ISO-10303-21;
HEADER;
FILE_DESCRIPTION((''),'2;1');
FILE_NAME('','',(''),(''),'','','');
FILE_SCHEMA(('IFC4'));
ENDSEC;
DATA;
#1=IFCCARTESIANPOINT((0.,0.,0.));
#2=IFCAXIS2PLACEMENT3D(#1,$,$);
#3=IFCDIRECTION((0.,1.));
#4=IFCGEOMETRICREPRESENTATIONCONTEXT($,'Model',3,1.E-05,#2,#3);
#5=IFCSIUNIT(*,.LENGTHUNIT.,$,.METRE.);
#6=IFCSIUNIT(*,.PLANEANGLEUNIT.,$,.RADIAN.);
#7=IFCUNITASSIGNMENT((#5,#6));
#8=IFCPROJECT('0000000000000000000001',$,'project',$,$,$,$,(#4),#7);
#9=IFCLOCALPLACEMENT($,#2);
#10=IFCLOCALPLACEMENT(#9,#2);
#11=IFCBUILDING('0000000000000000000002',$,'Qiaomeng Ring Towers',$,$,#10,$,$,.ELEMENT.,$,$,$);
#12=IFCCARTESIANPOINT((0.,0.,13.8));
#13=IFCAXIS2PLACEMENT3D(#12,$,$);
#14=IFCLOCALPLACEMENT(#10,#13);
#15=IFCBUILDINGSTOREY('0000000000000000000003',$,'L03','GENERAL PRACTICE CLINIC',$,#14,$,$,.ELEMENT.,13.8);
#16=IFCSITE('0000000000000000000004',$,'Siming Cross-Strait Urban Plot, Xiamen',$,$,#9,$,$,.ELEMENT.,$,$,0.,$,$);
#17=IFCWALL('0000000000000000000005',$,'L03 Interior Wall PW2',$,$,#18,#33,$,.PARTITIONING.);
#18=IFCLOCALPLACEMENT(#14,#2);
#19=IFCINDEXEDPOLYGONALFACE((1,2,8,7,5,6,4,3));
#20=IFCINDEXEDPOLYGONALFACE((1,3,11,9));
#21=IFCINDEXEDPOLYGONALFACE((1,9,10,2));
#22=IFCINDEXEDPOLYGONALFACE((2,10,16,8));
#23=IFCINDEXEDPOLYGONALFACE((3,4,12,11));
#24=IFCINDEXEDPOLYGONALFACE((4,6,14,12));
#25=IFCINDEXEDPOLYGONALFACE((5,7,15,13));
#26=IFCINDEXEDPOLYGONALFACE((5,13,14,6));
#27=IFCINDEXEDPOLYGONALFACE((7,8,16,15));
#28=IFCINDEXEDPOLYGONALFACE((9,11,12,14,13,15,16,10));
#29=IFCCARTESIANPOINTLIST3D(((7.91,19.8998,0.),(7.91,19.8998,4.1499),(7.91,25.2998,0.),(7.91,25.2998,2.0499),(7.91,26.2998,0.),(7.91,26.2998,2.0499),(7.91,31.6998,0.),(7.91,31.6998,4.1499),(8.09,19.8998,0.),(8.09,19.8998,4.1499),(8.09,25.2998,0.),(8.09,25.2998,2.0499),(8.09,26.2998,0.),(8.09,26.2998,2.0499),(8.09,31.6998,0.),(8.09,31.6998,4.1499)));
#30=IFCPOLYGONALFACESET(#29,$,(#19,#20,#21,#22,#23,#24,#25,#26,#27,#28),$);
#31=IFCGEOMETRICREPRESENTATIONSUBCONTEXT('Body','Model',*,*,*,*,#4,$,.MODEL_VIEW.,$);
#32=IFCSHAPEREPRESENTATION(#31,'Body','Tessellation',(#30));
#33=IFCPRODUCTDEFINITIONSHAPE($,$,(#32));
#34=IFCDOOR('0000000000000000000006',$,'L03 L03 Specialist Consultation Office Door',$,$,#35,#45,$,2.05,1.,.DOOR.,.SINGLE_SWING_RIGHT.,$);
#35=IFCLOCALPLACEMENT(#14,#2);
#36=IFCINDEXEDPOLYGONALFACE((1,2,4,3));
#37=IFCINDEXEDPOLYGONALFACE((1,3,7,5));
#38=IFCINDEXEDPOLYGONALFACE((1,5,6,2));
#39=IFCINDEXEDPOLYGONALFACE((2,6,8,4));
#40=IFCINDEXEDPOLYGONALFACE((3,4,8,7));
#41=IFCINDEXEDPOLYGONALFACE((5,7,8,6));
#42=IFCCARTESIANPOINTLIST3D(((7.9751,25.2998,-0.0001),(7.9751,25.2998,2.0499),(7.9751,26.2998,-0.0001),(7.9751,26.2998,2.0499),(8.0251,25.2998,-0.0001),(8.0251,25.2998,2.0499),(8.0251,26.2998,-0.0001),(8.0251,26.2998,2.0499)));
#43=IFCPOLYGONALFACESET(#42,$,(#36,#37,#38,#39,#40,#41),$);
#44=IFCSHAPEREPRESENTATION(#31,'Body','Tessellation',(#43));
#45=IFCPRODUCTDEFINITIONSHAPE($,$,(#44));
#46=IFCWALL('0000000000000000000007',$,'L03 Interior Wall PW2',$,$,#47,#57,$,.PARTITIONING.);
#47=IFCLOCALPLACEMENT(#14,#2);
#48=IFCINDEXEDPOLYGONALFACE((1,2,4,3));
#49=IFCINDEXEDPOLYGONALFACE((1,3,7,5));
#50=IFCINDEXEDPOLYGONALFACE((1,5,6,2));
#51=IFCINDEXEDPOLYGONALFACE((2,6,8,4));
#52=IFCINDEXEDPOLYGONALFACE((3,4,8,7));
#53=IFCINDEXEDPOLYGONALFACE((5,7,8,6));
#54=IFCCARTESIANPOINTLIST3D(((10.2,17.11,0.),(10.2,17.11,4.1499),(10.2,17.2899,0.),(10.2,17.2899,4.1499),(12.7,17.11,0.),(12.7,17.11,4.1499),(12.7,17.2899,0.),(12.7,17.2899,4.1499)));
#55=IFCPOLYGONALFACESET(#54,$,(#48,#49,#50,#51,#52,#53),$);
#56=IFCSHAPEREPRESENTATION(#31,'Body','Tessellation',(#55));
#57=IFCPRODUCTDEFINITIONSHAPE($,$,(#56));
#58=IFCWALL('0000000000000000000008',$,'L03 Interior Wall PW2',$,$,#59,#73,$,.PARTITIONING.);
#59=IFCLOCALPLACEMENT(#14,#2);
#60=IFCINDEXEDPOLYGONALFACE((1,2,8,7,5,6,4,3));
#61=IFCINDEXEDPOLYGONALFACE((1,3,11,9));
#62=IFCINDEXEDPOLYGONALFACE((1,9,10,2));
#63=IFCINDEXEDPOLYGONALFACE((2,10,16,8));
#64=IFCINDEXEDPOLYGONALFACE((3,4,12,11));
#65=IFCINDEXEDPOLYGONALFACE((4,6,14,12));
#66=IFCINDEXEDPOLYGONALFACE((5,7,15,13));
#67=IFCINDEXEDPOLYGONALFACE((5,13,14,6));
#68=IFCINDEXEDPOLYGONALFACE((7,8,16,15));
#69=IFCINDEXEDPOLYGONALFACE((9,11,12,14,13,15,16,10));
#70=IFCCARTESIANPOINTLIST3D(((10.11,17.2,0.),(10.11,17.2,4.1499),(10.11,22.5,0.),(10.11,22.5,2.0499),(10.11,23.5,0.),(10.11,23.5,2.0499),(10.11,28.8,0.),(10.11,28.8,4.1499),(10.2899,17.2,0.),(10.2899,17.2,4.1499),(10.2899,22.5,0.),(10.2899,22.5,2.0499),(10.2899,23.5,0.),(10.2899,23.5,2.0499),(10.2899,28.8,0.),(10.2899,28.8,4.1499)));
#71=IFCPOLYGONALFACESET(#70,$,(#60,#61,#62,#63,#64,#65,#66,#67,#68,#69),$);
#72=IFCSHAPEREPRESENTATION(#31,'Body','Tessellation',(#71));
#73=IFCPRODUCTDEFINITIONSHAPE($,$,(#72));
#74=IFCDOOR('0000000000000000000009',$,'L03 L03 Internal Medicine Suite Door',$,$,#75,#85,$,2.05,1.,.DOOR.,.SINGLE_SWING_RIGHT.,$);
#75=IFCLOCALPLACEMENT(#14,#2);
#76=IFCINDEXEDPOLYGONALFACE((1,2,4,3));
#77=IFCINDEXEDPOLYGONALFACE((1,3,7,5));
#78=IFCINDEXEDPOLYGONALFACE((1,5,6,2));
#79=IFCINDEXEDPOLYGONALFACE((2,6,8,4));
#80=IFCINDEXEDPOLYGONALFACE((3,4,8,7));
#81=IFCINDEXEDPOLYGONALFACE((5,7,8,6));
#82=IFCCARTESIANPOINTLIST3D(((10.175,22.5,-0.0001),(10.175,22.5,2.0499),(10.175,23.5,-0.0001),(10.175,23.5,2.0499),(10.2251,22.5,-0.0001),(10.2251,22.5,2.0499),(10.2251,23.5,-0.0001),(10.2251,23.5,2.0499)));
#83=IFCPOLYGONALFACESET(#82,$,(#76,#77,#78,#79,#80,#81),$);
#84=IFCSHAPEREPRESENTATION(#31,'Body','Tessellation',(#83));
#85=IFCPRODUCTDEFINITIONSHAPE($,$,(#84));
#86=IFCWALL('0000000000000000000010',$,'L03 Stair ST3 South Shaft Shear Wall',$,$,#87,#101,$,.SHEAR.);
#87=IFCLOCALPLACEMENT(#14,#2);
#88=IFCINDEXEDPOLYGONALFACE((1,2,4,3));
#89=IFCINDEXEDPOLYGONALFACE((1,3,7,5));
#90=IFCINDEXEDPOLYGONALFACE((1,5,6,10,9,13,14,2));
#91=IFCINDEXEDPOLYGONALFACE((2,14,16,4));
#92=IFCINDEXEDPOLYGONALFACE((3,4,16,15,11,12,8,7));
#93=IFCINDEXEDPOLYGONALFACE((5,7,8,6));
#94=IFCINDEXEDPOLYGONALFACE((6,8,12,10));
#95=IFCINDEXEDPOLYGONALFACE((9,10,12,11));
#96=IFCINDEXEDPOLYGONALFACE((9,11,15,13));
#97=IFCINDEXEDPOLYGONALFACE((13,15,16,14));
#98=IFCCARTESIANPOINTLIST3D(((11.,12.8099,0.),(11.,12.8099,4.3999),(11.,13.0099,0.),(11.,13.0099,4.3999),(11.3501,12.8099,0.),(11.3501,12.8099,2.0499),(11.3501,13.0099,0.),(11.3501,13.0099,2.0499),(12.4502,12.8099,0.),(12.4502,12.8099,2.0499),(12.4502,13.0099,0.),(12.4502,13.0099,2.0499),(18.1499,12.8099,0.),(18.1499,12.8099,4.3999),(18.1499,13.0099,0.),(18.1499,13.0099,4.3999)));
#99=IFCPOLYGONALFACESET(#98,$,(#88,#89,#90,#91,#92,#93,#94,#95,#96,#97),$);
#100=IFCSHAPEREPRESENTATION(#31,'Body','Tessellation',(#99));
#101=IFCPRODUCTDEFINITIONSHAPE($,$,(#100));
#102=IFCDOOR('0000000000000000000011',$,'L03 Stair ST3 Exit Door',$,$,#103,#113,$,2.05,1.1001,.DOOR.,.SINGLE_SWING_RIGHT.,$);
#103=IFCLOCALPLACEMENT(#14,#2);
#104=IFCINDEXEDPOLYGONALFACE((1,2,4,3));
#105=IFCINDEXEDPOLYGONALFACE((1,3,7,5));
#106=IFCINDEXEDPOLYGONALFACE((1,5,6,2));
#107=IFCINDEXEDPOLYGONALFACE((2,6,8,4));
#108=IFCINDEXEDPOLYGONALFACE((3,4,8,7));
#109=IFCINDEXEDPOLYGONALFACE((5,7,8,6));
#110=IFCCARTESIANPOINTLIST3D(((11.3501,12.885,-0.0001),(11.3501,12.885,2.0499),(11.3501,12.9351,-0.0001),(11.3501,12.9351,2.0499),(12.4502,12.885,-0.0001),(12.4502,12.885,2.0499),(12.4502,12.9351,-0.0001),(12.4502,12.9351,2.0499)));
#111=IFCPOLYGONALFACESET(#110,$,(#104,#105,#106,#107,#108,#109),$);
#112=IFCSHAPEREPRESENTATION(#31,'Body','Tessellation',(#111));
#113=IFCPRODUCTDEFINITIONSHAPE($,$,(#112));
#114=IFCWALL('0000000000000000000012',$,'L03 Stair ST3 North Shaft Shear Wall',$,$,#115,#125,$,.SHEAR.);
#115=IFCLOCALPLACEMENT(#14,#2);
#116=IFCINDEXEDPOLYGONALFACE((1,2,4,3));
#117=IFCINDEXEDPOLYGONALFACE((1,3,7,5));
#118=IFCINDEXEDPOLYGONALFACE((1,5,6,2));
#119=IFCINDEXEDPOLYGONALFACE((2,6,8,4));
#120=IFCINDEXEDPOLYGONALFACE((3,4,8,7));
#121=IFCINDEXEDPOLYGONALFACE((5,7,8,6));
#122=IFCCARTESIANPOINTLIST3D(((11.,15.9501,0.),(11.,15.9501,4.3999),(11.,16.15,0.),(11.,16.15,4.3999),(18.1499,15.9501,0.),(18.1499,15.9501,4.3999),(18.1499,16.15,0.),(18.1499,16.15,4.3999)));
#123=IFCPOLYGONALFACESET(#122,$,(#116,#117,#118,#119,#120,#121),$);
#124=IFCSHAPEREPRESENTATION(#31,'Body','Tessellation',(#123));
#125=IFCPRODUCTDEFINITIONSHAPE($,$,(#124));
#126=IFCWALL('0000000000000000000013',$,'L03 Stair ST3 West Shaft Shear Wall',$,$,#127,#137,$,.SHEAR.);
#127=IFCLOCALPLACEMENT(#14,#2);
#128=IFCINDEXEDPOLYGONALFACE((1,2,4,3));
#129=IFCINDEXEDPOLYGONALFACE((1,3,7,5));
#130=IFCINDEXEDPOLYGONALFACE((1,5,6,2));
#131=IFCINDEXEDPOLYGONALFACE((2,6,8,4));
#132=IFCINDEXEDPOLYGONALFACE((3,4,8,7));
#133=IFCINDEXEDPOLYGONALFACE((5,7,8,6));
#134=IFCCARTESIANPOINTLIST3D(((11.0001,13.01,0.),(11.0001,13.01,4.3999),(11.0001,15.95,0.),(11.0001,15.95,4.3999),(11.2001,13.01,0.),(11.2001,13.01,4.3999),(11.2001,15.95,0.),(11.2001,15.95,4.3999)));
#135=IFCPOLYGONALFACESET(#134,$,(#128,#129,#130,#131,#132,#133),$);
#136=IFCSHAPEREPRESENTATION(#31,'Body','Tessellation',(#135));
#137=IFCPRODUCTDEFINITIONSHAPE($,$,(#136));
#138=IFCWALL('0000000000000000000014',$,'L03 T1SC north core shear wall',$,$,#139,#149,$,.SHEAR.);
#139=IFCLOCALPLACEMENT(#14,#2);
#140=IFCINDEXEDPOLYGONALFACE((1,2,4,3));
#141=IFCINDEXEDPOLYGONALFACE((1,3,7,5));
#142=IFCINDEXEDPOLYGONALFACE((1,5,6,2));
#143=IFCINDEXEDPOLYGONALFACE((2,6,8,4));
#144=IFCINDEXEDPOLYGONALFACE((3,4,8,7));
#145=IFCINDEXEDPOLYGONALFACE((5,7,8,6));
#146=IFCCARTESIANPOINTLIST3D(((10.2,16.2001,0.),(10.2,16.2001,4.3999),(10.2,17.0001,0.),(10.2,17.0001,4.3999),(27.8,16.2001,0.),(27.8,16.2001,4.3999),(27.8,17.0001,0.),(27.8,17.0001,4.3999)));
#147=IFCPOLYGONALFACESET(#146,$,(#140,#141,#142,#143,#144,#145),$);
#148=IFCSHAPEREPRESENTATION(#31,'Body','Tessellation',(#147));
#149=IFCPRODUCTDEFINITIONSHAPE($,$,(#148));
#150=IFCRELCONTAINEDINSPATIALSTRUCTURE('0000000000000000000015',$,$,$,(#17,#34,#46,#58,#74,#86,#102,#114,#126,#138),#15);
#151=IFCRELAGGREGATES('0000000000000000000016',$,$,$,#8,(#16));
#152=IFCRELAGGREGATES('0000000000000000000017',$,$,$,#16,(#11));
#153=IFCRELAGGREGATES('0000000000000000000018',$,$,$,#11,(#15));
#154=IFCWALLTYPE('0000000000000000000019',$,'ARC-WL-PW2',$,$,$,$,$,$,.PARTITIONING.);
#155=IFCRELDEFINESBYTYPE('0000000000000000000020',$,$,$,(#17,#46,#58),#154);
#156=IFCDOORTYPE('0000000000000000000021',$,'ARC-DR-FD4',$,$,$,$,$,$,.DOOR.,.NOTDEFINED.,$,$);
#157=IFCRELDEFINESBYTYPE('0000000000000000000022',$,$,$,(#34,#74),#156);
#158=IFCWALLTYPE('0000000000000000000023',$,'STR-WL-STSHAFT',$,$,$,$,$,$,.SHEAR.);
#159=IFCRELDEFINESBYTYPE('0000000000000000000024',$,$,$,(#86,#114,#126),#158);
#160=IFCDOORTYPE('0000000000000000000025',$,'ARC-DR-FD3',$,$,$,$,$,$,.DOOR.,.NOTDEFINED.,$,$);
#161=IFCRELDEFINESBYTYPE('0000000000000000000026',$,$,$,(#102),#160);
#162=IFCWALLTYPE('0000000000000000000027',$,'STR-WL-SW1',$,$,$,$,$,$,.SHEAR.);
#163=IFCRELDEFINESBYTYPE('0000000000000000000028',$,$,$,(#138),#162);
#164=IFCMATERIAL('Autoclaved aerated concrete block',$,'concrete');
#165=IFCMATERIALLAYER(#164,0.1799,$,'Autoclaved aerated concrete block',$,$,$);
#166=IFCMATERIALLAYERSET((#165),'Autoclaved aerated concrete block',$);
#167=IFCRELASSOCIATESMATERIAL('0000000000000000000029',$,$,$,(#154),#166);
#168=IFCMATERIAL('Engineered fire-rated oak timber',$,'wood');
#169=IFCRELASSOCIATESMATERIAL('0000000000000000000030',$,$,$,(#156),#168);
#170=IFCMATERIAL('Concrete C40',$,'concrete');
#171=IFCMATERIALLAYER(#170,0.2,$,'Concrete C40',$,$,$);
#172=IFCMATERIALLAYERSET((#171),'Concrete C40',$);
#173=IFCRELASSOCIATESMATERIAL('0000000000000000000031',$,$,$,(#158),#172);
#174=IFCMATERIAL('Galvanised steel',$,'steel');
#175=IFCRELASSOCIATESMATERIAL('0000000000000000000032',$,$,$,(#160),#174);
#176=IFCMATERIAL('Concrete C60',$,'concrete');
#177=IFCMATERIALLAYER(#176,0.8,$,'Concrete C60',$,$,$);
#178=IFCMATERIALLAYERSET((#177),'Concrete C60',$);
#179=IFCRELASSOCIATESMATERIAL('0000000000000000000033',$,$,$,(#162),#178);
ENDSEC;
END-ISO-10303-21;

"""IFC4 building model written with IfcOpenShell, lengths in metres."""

from ifc_helpers import new_model, si_unit, direction, frame, frame_2d, origin, place, context, subcontext, project, spatial, rectangle, extrude, source, transform, mapped, material, layer, layer_set, type_object, element, fill, save


model = new_model("IFC4")

# Units and contexts
model_context = context("Model", 3, precision=1e-05, world=origin(), true_north=direction((0.0, 1.0)))
body_context = subcontext(model_context, "Body", "Model", "MODEL_VIEW")
ifc_project = project(units=[si_unit("LENGTHUNIT", "METRE"), si_unit("PLANEANGLEUNIT", "RADIAN")], contexts=[model_context])

# Site, building, storey
site_placement = place(None, origin())
site = spatial("IfcSite", under=ifc_project, at=site_placement, Name="Siming Cross-Strait Urban Plot, Xiamen", CompositionType="ELEMENT", RefElevation=0.0)
building_placement = place(site_placement, origin())
building = spatial("IfcBuilding", under=site, at=building_placement, Name="Qiaomeng Ring Towers", CompositionType="ELEMENT")
storey_placement = place(building_placement, frame((0.0, 0.0, 13.8)))
storey = spatial("IfcBuildingStorey", under=building, at=storey_placement, Name="L03", Description="GENERAL PRACTICE CLINIC", CompositionType="ELEMENT", Elevation=13.8)

# Shared definitions
ifc_material_1 = material(Name="Autoclaved aerated concrete block", Category="concrete")
ifc_layer_1 = layer(ifc_material_1, 0.1799, Name="Autoclaved aerated concrete block")
ifc_layer_set_1 = layer_set([ifc_layer_1], Name="Autoclaved aerated concrete block")
wall_type_1 = type_object("IfcWallType", Name="ARC-WL-PW2", PredefinedType="PARTITIONING", material=ifc_layer_set_1)

# Wall, opening, door
wall_1_placement = place(storey_placement, frame((8.0, 19.8999, 0.0), z_axis=(0.0, 0.0, 1.0), x_axis=(0.0, 1.0, 0.0)))
wall_1 = element("IfcWall", 1, at=wall_1_placement, inside=storey, type_object=wall_type_1, Name="L03 Interior Wall PW2", PredefinedType="PARTITIONING", context=body_context, shape_type="SweptSolid", body=[
    extrude(rectangle(XDim=11.8, YDim=0.1799, at=frame_2d((5.8999, 0.0))), origin(), (0.0, 0.0, 1.0), 4.1499),
])
opening_1_placement = place(wall_1_placement, frame((5.3999, 0.0, 0.0)))
opening_1 = element("IfcOpeningElement", 2, at=opening_1_placement, cuts=wall_1, PredefinedType="OPENING", context=body_context, shape_type="SweptSolid", body=[
    extrude(rectangle(XDim=1.0, YDim=2.05, at=frame_2d((0.5, 1.0249))), frame((0.0, 0.0999, 0.0), z_axis=(0.0, -1.0, 0.0), x_axis=(1.0, 0.0, 0.0)), (0.0, 0.0, 1.0), 0.2),
])
ifc_material_2 = material(Name="Engineered fire-rated oak timber", Category="wood")
door_type_1 = type_object("IfcDoorType", Name="ARC-DR-FD4", OperationType="NOTDEFINED", PredefinedType="DOOR", material=ifc_material_2)
shared_shape_1 = source(origin(), body_context, "Body", "SweptSolid", [
    extrude(rectangle(XDim=1.0, YDim=2.05, at=frame_2d((0.5, 1.0249))), frame((0.0, 0.0249, 0.0), z_axis=(0.0, -1.0, 0.0), x_axis=(1.0, 0.0, 0.0)), (0.0, 0.0, 1.0), 0.05),
])
door_1_placement = place(opening_1_placement, origin())
door_1 = element("IfcDoor", 3, at=door_1_placement, inside=storey, type_object=door_type_1, Name="L03 L03 Specialist Consultation Office Door", OperationType="SINGLE_SWING_RIGHT", OverallHeight=2.05, OverallWidth=1.0, PredefinedType="DOOR", context=body_context, shape_type="MappedRepresentation", body=[
    mapped(shared_shape_1, transform((0.0, 0.0, 0.0), x_axis=(1.0, 0.0, 0.0), y_axis=(0.0, 1.0, 0.0), z_axis=(0.0, 0.0, 1.0), scale=1.0)),
])
fill(opening_1, door_1)

# Wall
wall_2_placement = place(storey_placement, frame((10.2, 17.2, 0.0), z_axis=(0.0, 0.0, 1.0), x_axis=(1.0, 0.0, 0.0)))
element("IfcWall", 4, at=wall_2_placement, inside=storey, type_object=wall_type_1, Name="L03 Interior Wall PW2", PredefinedType="PARTITIONING", context=body_context, shape_type="SweptSolid", body=[
    extrude(rectangle(XDim=2.5, YDim=0.1799, at=frame_2d((1.25, 0.0))), origin(), (0.0, 0.0, 1.0), 4.1499),
])

# Walls, openings, doors
wall_3_placement = place(storey_placement, frame((10.2, 17.2, 0.0), z_axis=(0.0, 0.0, 1.0), x_axis=(0.0, 1.0, 0.0)))
wall_3 = element("IfcWall", 5, at=wall_3_placement, inside=storey, type_object=wall_type_1, Name="L03 Interior Wall PW2", PredefinedType="PARTITIONING", context=body_context, shape_type="SweptSolid", body=[
    extrude(rectangle(XDim=11.6001, YDim=0.1799, at=frame_2d((5.8, 0.0))), origin(), (0.0, 0.0, 1.0), 4.1499),
])
opening_2_placement = place(wall_3_placement, frame((5.3, 0.0, 0.0)))
opening_2 = element("IfcOpeningElement", 6, at=opening_2_placement, cuts=wall_3, PredefinedType="OPENING", context=body_context, shape_type="SweptSolid", body=[
    extrude(rectangle(XDim=1.0, YDim=2.05, at=frame_2d((0.5, 1.0249))), frame((0.0, 0.0999, 0.0), z_axis=(0.0, -1.0, 0.0), x_axis=(1.0, 0.0, 0.0)), (0.0, 0.0, 1.0), 0.2),
])
door_2_placement = place(opening_2_placement, origin())
door_2 = element("IfcDoor", 7, at=door_2_placement, inside=storey, type_object=door_type_1, Name="L03 L03 Internal Medicine Suite Door", OperationType="SINGLE_SWING_RIGHT", OverallHeight=2.05, OverallWidth=1.0, PredefinedType="DOOR", context=body_context, shape_type="MappedRepresentation", body=[
    mapped(shared_shape_1, transform((0.0, 0.0, 0.0), x_axis=(1.0, 0.0, 0.0), y_axis=(0.0, 1.0, 0.0), z_axis=(0.0, 0.0, 1.0), scale=1.0)),
])
fill(opening_2, door_2)
ifc_material_3 = material(Name="Concrete C40", Category="concrete")
ifc_layer_2 = layer(ifc_material_3, 0.2, Name="Concrete C40")
ifc_layer_set_2 = layer_set([ifc_layer_2], Name="Concrete C40")
wall_type_2 = type_object("IfcWallType", Name="STR-WL-STSHAFT", PredefinedType="SHEAR", material=ifc_layer_set_2)
wall_4_placement = place(storey_placement, frame((11.0, 12.9099, 0.0), z_axis=(0.0, 0.0, 1.0), x_axis=(1.0, 0.0, 0.0)))
wall_4 = element("IfcWall", 8, at=wall_4_placement, inside=storey, type_object=wall_type_2, Name="L03 Stair ST3 South Shaft Shear Wall", PredefinedType="SHEAR", context=body_context, shape_type="SweptSolid", body=[
    extrude(rectangle(XDim=7.1499, YDim=0.2, at=frame_2d((3.575, 0.0))), origin(), (0.0, 0.0, 1.0), 4.3999),
])
opening_3_placement = place(wall_4_placement, frame((0.3501, 0.0, 0.0)))
opening_3 = element("IfcOpeningElement", 9, at=opening_3_placement, cuts=wall_4, PredefinedType="OPENING", context=body_context, shape_type="SweptSolid", body=[
    extrude(rectangle(XDim=1.1001, YDim=2.05, at=frame_2d((0.55, 1.0249))), frame((0.0, 0.1099, 0.0), z_axis=(0.0, -1.0, 0.0), x_axis=(1.0, 0.0, 0.0)), (0.0, 0.0, 1.0), 0.22),
])
ifc_material_4 = material(Name="Galvanised steel", Category="steel")
door_type_2 = type_object("IfcDoorType", Name="ARC-DR-FD3", OperationType="NOTDEFINED", PredefinedType="DOOR", material=ifc_material_4)
shared_shape_2 = source(origin(), body_context, "Body", "SweptSolid", [
    extrude(rectangle(XDim=1.1001, YDim=2.05, at=frame_2d((0.55, 1.0249))), frame((0.0, 0.0249, 0.0), z_axis=(0.0, -1.0, 0.0), x_axis=(1.0, 0.0, 0.0)), (0.0, 0.0, 1.0), 0.05),
])
door_3_placement = place(opening_3_placement, frame((1.1001, 0.0, 0.0), z_axis=(0.0, 0.0, 1.0), x_axis=(-1.0, 0.0, 0.0)))
door_3 = element("IfcDoor", 10, at=door_3_placement, inside=storey, type_object=door_type_2, Name="L03 Stair ST3 Exit Door", OperationType="SINGLE_SWING_RIGHT", OverallHeight=2.05, OverallWidth=1.1001, PredefinedType="DOOR", context=body_context, shape_type="MappedRepresentation", body=[
    mapped(shared_shape_2, transform((0.0, 0.0, 0.0), x_axis=(1.0, 0.0, 0.0), y_axis=(0.0, 1.0, 0.0), z_axis=(0.0, 0.0, 1.0), scale=1.0)),
])
fill(opening_3, door_3)

# Walls
wall_5_placement = place(storey_placement, frame((11.0, 16.05, 0.0), z_axis=(0.0, 0.0, 1.0), x_axis=(1.0, 0.0, 0.0)))
element("IfcWall", 11, at=wall_5_placement, inside=storey, type_object=wall_type_2, Name="L03 Stair ST3 North Shaft Shear Wall", PredefinedType="SHEAR", context=body_context, shape_type="SweptSolid", body=[
    extrude(rectangle(XDim=7.1499, YDim=0.2, at=frame_2d((3.575, 0.0))), origin(), (0.0, 0.0, 1.0), 4.3999),
])
wall_6_placement = place(storey_placement, frame((11.1001, 13.01, 0.0), z_axis=(0.0, 0.0, 1.0), x_axis=(0.0, 1.0, 0.0)))
element("IfcWall", 12, at=wall_6_placement, inside=storey, type_object=wall_type_2, Name="L03 Stair ST3 West Shaft Shear Wall", PredefinedType="SHEAR", context=body_context, shape_type="SweptSolid", body=[
    extrude(rectangle(XDim=2.9399, YDim=0.2, at=frame_2d((1.47, 0.0))), origin(), (0.0, 0.0, 1.0), 4.3999),
])
ifc_material_5 = material(Name="Concrete C60", Category="concrete")
ifc_layer_3 = layer(ifc_material_5, 0.8, Name="Concrete C60")
ifc_layer_set_3 = layer_set([ifc_layer_3], Name="Concrete C60")
wall_type_3 = type_object("IfcWallType", Name="STR-WL-SW1", PredefinedType="SHEAR", material=ifc_layer_set_3)
wall_7_placement = place(storey_placement, frame((10.2, 16.6001, 0.0), z_axis=(0.0, 0.0, 1.0), x_axis=(1.0, 0.0, 0.0)))
element("IfcWall", 13, at=wall_7_placement, inside=storey, type_object=wall_type_3, Name="L03 T1SC north core shear wall", PredefinedType="SHEAR", context=body_context, shape_type="SweptSolid", body=[
    extrude(rectangle(XDim=17.6001, YDim=0.8, at=frame_2d((8.8, 0.0))), origin(), (0.0, 0.0, 1.0), 4.3999),
])

save(model, "model.ifc")
